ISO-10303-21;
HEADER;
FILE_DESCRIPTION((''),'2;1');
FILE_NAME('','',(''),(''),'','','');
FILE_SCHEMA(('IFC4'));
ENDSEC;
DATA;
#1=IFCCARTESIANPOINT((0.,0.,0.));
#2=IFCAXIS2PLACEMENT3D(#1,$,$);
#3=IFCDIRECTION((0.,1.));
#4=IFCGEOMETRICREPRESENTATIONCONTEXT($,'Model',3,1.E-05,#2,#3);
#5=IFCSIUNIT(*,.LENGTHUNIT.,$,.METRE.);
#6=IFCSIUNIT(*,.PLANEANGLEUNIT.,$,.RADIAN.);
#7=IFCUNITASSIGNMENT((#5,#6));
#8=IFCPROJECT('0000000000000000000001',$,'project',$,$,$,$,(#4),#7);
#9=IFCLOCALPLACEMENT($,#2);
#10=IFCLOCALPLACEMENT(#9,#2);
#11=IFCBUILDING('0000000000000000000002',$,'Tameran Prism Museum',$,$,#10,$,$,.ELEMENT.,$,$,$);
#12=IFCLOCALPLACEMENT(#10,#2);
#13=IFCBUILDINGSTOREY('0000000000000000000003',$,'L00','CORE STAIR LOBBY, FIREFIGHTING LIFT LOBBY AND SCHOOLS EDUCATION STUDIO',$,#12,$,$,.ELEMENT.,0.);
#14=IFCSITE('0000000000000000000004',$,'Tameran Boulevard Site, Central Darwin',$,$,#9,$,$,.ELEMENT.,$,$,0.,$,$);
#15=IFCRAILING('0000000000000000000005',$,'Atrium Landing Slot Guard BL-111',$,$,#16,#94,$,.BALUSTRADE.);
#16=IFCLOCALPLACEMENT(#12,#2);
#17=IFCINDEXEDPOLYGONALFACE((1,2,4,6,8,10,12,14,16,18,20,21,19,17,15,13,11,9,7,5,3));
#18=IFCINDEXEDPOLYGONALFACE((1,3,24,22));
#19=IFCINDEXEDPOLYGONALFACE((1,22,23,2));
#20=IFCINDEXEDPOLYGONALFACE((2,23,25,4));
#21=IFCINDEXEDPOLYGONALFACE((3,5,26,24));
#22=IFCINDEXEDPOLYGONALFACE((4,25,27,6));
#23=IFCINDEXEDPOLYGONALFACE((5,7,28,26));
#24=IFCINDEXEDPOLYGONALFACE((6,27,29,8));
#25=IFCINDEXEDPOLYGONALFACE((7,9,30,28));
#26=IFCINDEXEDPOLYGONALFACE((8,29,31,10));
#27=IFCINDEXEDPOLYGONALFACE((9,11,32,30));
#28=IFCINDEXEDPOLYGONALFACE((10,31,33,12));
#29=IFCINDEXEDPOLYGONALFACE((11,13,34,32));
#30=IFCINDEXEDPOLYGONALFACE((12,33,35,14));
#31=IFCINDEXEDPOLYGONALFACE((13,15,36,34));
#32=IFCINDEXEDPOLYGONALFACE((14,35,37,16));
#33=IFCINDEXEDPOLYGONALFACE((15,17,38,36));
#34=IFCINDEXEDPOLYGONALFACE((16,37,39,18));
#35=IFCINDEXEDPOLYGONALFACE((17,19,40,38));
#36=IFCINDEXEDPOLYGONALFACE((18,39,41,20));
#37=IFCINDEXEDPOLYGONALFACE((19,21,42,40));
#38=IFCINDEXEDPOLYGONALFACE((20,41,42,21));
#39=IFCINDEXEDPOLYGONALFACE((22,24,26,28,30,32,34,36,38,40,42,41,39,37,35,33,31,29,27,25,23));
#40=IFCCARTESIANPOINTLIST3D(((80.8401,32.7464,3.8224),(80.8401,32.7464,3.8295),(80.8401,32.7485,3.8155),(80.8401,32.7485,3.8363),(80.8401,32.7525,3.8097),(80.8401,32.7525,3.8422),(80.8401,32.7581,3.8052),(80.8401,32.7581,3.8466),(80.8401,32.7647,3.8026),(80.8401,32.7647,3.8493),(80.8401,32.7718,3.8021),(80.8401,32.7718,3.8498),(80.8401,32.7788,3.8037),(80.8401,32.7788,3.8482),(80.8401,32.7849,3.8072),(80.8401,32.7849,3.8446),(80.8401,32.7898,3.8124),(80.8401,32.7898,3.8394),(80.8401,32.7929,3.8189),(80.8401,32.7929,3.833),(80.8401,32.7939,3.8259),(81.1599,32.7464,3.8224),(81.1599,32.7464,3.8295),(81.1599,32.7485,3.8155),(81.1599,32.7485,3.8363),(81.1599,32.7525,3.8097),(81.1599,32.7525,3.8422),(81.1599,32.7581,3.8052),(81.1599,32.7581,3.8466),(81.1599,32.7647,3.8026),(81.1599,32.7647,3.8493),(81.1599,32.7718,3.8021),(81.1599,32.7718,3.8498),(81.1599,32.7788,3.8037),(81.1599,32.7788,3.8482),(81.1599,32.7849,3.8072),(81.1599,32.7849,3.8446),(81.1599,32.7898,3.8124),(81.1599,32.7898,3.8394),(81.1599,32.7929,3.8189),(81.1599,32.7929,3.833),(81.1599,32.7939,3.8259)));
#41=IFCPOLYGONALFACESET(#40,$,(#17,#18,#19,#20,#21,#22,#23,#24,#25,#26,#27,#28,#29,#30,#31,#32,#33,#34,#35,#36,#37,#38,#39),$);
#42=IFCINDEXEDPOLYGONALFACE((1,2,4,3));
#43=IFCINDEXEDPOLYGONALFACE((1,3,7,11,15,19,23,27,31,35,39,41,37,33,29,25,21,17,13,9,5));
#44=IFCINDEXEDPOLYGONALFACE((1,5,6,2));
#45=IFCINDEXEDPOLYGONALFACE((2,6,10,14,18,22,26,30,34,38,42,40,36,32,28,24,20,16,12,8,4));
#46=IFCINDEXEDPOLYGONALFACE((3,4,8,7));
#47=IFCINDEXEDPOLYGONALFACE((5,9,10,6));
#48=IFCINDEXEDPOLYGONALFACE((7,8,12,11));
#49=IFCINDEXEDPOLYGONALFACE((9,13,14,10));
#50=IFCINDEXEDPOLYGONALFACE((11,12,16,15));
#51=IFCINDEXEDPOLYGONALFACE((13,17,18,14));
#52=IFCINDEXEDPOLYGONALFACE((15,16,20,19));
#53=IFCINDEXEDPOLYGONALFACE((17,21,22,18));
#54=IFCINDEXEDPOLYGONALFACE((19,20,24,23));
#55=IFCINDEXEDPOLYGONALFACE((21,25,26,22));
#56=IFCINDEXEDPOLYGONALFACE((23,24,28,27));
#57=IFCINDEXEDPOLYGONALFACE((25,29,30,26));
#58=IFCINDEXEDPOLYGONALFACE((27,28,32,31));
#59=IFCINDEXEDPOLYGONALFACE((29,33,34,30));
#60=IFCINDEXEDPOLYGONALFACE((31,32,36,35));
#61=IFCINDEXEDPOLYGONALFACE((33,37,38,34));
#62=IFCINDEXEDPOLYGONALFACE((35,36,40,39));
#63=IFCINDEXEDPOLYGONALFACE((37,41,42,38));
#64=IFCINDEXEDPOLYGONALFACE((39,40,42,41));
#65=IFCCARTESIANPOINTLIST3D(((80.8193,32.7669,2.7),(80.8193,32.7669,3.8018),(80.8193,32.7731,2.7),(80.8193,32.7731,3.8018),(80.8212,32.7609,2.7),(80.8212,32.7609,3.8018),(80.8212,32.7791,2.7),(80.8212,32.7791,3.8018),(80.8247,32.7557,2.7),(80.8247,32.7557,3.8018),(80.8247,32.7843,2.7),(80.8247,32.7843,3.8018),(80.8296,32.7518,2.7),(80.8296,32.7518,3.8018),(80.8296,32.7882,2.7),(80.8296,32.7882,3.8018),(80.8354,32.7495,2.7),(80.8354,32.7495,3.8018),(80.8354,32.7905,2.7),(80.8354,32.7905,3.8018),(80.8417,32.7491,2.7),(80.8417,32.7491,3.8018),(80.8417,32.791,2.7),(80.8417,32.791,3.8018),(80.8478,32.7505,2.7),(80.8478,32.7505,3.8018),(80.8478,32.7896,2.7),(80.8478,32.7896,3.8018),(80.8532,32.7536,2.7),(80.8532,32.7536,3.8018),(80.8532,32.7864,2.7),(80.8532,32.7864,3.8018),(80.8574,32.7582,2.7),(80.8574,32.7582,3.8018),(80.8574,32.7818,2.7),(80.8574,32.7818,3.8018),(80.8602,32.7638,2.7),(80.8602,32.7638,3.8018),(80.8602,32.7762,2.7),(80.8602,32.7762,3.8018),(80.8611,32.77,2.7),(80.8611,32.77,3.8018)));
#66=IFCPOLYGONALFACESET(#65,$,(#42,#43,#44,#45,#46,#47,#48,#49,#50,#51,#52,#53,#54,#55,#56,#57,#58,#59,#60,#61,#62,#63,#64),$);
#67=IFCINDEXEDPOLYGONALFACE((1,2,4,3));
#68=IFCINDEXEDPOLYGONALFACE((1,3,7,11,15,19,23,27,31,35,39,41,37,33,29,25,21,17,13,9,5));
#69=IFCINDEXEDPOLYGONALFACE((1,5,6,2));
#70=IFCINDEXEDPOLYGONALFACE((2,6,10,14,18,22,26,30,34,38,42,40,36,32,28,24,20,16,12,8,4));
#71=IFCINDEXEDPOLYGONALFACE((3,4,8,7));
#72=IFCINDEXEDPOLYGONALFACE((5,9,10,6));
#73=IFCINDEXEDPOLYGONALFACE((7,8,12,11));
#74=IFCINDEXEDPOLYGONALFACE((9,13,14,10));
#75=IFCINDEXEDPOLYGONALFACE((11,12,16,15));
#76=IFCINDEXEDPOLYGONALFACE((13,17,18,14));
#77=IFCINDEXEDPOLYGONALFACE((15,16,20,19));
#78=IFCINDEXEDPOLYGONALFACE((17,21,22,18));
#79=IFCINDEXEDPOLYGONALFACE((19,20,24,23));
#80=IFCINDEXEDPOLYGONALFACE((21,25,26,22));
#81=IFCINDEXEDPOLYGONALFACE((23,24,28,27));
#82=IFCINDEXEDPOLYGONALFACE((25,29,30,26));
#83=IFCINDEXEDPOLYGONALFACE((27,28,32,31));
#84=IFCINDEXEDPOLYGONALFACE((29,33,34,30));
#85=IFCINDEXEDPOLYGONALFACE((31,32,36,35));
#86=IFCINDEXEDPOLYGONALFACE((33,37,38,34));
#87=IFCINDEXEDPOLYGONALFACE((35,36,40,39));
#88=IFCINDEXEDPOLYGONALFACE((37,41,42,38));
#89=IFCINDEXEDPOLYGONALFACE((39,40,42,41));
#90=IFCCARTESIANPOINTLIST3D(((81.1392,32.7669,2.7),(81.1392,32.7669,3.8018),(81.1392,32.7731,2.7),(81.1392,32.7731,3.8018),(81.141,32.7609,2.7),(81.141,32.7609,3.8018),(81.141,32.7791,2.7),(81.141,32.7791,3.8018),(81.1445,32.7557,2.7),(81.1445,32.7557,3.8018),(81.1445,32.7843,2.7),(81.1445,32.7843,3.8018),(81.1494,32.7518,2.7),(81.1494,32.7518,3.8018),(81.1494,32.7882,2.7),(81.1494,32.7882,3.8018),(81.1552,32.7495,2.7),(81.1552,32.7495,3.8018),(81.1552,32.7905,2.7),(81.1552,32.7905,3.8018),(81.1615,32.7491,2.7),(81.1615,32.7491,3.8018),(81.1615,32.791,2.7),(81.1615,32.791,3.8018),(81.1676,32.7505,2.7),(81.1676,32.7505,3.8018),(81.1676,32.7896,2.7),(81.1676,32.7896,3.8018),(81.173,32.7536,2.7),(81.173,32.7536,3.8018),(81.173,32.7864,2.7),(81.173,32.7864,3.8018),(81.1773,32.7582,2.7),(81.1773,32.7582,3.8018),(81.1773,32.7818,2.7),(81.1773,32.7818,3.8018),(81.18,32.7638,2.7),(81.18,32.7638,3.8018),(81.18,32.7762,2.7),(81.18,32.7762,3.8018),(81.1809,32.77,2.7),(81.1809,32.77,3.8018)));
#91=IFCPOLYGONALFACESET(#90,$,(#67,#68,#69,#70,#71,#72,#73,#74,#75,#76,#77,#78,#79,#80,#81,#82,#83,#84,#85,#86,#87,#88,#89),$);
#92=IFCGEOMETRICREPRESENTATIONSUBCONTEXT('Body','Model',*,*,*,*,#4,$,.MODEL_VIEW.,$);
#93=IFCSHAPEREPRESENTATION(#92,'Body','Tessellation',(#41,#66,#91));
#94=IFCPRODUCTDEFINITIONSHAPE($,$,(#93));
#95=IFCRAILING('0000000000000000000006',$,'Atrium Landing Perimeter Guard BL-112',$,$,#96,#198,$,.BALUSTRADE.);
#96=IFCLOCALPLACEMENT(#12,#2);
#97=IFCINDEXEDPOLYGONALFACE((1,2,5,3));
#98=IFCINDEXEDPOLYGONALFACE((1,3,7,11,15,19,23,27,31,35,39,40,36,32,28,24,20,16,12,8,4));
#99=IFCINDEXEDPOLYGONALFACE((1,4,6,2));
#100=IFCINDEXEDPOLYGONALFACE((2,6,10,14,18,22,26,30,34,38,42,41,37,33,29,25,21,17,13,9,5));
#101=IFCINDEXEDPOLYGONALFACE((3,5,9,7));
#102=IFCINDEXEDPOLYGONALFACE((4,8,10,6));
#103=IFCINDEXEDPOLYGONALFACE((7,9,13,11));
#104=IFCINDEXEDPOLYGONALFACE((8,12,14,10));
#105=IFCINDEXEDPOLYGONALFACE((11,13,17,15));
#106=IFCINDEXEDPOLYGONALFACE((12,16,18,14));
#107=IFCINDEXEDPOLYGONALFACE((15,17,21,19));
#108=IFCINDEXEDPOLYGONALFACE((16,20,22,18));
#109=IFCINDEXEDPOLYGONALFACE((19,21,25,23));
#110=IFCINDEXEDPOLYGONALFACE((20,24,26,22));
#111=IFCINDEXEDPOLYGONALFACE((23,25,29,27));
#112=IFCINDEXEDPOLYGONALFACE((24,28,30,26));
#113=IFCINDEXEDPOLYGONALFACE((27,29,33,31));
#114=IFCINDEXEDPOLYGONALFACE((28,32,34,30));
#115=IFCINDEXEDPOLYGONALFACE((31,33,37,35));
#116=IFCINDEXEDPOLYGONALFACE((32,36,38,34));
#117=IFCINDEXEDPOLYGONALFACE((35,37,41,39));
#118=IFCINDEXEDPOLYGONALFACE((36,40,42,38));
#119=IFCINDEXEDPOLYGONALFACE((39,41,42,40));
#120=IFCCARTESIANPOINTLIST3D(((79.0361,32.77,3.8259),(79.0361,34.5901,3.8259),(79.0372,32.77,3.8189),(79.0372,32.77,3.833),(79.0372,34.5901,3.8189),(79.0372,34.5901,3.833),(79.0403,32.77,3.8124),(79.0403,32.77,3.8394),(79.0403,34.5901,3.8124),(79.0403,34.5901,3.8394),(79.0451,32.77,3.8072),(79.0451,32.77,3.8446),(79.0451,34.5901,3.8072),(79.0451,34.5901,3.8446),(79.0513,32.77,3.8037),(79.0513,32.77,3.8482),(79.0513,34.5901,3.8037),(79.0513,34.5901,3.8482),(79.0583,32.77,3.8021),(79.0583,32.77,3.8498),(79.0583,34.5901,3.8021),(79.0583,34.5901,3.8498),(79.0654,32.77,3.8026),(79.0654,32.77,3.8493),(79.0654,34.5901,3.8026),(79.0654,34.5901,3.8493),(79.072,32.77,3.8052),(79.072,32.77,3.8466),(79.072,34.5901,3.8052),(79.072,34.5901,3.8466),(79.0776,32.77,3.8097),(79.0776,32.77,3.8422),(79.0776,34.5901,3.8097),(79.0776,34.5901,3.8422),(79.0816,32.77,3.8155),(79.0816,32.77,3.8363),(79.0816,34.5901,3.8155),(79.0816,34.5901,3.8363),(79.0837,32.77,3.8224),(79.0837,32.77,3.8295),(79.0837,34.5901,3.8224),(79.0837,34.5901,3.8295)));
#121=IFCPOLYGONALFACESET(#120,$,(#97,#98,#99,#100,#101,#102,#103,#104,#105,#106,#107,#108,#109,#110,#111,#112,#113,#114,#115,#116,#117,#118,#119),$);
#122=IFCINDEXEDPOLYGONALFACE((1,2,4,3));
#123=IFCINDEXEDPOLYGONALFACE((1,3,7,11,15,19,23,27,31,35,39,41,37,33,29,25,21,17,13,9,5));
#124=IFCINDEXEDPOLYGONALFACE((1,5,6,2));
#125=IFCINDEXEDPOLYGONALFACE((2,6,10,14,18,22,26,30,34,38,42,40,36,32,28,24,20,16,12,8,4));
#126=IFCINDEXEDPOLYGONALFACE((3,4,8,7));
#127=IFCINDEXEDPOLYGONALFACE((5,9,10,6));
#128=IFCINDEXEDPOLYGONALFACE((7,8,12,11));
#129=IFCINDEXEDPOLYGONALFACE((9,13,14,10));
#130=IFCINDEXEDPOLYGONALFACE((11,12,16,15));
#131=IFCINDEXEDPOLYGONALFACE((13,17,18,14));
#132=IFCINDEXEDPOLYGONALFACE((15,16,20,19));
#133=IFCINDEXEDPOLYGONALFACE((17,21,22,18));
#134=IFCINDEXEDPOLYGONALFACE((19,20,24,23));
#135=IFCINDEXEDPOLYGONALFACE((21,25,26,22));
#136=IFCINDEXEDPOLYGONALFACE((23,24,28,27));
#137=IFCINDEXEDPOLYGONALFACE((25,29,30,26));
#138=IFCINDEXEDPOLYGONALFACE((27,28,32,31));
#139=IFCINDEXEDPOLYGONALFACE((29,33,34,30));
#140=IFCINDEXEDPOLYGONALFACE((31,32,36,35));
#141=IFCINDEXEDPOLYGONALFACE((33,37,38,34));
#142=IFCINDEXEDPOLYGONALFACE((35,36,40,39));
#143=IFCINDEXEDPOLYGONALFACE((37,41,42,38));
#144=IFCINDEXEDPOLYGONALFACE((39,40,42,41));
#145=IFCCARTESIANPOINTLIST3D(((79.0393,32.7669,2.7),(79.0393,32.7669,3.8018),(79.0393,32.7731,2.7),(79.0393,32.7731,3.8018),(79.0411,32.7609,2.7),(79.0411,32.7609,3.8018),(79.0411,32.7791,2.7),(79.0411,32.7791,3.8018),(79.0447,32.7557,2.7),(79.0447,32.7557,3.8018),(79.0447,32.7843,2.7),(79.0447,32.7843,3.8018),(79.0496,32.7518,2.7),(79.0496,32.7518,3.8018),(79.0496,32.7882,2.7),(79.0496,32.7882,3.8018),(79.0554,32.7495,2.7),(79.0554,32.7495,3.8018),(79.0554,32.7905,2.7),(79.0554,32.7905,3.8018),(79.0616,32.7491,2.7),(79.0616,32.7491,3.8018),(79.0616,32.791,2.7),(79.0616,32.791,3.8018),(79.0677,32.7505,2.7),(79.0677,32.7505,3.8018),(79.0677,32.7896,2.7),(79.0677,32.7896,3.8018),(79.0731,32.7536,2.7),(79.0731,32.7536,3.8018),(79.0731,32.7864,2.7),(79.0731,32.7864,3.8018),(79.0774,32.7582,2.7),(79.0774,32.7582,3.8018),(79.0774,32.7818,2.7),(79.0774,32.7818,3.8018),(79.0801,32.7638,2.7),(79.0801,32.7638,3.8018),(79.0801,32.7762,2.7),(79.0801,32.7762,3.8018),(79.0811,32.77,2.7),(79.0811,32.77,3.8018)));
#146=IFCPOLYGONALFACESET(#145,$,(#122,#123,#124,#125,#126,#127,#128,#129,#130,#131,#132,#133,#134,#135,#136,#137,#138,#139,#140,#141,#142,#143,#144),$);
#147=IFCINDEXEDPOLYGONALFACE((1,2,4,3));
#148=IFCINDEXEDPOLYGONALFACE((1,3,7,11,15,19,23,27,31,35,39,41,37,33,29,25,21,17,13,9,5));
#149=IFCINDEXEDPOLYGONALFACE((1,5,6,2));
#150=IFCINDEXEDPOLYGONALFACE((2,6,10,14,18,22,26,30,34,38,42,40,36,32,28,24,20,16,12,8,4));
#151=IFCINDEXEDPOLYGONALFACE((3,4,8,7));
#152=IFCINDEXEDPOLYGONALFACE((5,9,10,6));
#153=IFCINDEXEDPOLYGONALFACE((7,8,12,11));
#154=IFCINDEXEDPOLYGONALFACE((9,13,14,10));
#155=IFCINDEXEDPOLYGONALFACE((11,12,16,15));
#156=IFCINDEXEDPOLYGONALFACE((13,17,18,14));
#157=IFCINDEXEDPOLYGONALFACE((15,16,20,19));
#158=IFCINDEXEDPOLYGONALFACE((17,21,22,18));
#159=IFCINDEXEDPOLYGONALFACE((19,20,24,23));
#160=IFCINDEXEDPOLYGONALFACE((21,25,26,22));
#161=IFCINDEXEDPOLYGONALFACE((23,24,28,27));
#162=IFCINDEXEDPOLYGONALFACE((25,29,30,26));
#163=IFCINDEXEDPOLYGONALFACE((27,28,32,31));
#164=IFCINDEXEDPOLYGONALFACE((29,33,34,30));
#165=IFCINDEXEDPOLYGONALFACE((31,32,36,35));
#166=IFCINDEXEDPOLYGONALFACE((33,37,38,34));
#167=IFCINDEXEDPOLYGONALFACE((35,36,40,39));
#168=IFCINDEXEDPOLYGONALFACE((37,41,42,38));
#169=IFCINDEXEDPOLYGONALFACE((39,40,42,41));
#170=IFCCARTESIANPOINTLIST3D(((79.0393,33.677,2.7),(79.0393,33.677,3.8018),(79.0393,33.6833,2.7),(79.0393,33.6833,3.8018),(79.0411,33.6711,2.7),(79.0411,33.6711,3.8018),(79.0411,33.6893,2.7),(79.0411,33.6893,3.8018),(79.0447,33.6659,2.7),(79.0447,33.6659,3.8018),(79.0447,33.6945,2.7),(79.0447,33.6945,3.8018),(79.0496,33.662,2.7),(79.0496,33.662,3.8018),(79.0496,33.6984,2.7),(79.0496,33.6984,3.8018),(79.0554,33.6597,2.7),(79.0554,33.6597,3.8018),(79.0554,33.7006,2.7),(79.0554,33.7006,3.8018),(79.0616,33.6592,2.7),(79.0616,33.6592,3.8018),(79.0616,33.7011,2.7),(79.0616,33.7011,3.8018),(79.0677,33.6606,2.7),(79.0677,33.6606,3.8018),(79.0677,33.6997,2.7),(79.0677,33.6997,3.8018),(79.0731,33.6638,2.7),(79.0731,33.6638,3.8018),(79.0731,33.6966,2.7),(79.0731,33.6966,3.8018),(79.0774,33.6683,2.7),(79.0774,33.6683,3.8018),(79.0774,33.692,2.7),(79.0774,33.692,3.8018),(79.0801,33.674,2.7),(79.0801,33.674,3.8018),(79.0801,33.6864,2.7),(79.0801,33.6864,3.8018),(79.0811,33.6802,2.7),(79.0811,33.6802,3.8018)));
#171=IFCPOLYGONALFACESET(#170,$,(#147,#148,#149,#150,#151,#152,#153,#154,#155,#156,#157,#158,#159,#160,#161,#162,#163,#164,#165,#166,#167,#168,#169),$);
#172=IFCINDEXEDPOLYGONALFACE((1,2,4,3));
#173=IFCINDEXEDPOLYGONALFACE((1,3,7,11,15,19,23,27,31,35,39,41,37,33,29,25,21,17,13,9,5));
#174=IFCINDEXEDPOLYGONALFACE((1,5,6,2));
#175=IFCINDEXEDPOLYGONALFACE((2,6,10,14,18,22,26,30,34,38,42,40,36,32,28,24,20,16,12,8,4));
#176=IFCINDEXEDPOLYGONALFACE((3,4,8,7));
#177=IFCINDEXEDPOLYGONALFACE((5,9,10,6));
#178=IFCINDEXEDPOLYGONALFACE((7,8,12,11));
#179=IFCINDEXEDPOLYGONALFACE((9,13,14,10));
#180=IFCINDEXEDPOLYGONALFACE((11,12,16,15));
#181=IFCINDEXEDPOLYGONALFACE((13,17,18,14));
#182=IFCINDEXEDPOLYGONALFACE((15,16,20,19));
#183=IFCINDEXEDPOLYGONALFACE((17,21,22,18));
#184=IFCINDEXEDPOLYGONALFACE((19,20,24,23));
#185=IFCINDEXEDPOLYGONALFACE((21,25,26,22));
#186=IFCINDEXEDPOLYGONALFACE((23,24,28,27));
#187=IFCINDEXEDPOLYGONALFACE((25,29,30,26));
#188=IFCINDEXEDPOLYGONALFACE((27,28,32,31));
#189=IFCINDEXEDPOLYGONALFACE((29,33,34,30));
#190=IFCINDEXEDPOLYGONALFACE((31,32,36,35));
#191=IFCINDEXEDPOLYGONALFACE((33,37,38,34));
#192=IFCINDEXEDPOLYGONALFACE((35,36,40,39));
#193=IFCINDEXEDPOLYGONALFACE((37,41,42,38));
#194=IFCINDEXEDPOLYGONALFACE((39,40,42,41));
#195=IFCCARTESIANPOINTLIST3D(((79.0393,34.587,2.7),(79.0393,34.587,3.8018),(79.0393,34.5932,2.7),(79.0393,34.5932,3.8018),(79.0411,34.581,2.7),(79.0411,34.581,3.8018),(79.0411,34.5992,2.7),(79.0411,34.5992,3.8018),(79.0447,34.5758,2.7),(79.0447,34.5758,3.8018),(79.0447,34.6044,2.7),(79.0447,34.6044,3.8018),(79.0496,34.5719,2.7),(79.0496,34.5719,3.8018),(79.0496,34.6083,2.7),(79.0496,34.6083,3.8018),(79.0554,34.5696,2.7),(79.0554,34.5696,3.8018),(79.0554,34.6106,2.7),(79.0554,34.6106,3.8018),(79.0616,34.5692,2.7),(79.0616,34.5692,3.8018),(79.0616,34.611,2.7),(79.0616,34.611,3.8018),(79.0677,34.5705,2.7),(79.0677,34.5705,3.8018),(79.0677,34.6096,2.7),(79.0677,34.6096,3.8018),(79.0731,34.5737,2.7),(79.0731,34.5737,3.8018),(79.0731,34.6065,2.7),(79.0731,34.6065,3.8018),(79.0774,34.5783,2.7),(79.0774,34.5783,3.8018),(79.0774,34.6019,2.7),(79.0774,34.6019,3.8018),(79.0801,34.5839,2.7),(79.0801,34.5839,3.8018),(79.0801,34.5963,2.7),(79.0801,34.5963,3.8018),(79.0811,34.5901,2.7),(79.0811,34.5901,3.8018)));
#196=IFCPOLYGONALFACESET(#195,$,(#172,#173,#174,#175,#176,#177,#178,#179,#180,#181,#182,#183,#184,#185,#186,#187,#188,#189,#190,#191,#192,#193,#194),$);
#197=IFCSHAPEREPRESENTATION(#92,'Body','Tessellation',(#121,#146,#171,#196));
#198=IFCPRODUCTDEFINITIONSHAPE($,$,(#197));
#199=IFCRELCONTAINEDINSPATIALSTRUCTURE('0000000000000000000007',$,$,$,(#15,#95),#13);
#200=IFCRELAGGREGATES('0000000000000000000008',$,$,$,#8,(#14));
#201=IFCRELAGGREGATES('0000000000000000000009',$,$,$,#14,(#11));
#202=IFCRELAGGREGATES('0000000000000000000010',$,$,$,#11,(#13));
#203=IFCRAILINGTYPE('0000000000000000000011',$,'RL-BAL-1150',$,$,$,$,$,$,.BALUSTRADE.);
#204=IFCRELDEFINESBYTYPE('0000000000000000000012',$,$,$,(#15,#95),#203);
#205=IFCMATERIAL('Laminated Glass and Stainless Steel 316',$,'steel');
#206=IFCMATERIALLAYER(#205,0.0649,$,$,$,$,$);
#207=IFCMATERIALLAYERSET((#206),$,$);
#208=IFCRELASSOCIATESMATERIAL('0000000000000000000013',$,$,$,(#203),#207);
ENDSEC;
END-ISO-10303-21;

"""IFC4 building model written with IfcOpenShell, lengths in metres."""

from ifc_helpers import new_model, si_unit, direction, frame, origin, origin_2d, place, context, subcontext, project, spatial, circle, extrude, material, layer, layer_set, type_object, element, save


model = new_model("IFC4")

# Units and contexts
model_context = context("Model", 3, precision=1e-05, world=origin(), true_north=direction((0.0, 1.0)))
body_context = subcontext(model_context, "Body", "Model", "MODEL_VIEW")
ifc_project = project(units=[si_unit("LENGTHUNIT", "METRE"), si_unit("PLANEANGLEUNIT", "RADIAN")], contexts=[model_context])

# Site, building, storey
site_placement = place(None, origin())
site = spatial("IfcSite", under=ifc_project, at=site_placement, Name="Tameran Boulevard Site, Central Darwin", CompositionType="ELEMENT", RefElevation=0.0)
building_placement = place(site_placement, origin())
building = spatial("IfcBuilding", under=site, at=building_placement, Name="Tameran Prism Museum", CompositionType="ELEMENT")
storey_placement = place(building_placement, origin())
storey = spatial("IfcBuildingStorey", under=building, at=storey_placement, Name="L00", Description="CORE STAIR LOBBY, FIREFIGHTING LIFT LOBBY AND SCHOOLS EDUCATION STUDIO", CompositionType="ELEMENT", Elevation=0.0)

# Railings
ifc_material_1 = material(Name="Laminated Glass and Stainless Steel 316", Category="steel")
ifc_layer_1 = layer(ifc_material_1, 0.0649)
ifc_layer_set_1 = layer_set([ifc_layer_1])
railing_type = type_object("IfcRailingType", Name="RL-BAL-1150", PredefinedType="BALUSTRADE", material=ifc_layer_set_1)
railing_1_placement = place(storey_placement, frame((80.8401, 32.77, 2.7)))
element("IfcRailing", 1, at=railing_1_placement, inside=storey, type_object=railing_type, Name="Atrium Landing Slot Guard BL-111", PredefinedType="BALUSTRADE", context=body_context, shape_type="SweptSolid", body=[
    extrude(circle(Radius=0.0239, at=origin_2d()), frame((0.0, 0.0, 1.126), z_axis=(1.0, 0.0, 0.0), x_axis=(0.0, 1.0, 0.0)), (0.0, 0.0, 1.0), 0.3198),
    extrude(circle(Radius=0.021, at=origin_2d()), origin(), (0.0, 0.0, 1.0), 1.1018),
    extrude(circle(Radius=0.021, at=origin_2d()), frame((0.3198, 0.0, 0.0)), (0.0, 0.0, 1.0), 1.1018),
])
railing_2_placement = place(storey_placement, frame((79.0601, 32.77, 2.7)))
element("IfcRailing", 2, at=railing_2_placement, inside=storey, type_object=railing_type, Name="Atrium Landing Perimeter Guard BL-112", PredefinedType="BALUSTRADE", context=body_context, shape_type="SweptSolid", body=[
    extrude(circle(Radius=0.0239, at=origin_2d()), frame((0.0, 0.0, 1.126), z_axis=(0.0, 1.0, 0.0), x_axis=(-1.0, 0.0, 0.0)), (0.0, 0.0, 1.0), 1.8201),
    extrude(circle(Radius=0.021, at=origin_2d()), origin(), (0.0, 0.0, 1.0), 1.1018),
    extrude(circle(Radius=0.021, at=origin_2d()), frame((0.0, 0.9102, 0.0)), (0.0, 0.0, 1.0), 1.1018),
    extrude(circle(Radius=0.021, at=origin_2d()), frame((0.0, 1.8201, 0.0)), (0.0, 0.0, 1.0), 1.1018),
])

save(model, "model.ifc")
